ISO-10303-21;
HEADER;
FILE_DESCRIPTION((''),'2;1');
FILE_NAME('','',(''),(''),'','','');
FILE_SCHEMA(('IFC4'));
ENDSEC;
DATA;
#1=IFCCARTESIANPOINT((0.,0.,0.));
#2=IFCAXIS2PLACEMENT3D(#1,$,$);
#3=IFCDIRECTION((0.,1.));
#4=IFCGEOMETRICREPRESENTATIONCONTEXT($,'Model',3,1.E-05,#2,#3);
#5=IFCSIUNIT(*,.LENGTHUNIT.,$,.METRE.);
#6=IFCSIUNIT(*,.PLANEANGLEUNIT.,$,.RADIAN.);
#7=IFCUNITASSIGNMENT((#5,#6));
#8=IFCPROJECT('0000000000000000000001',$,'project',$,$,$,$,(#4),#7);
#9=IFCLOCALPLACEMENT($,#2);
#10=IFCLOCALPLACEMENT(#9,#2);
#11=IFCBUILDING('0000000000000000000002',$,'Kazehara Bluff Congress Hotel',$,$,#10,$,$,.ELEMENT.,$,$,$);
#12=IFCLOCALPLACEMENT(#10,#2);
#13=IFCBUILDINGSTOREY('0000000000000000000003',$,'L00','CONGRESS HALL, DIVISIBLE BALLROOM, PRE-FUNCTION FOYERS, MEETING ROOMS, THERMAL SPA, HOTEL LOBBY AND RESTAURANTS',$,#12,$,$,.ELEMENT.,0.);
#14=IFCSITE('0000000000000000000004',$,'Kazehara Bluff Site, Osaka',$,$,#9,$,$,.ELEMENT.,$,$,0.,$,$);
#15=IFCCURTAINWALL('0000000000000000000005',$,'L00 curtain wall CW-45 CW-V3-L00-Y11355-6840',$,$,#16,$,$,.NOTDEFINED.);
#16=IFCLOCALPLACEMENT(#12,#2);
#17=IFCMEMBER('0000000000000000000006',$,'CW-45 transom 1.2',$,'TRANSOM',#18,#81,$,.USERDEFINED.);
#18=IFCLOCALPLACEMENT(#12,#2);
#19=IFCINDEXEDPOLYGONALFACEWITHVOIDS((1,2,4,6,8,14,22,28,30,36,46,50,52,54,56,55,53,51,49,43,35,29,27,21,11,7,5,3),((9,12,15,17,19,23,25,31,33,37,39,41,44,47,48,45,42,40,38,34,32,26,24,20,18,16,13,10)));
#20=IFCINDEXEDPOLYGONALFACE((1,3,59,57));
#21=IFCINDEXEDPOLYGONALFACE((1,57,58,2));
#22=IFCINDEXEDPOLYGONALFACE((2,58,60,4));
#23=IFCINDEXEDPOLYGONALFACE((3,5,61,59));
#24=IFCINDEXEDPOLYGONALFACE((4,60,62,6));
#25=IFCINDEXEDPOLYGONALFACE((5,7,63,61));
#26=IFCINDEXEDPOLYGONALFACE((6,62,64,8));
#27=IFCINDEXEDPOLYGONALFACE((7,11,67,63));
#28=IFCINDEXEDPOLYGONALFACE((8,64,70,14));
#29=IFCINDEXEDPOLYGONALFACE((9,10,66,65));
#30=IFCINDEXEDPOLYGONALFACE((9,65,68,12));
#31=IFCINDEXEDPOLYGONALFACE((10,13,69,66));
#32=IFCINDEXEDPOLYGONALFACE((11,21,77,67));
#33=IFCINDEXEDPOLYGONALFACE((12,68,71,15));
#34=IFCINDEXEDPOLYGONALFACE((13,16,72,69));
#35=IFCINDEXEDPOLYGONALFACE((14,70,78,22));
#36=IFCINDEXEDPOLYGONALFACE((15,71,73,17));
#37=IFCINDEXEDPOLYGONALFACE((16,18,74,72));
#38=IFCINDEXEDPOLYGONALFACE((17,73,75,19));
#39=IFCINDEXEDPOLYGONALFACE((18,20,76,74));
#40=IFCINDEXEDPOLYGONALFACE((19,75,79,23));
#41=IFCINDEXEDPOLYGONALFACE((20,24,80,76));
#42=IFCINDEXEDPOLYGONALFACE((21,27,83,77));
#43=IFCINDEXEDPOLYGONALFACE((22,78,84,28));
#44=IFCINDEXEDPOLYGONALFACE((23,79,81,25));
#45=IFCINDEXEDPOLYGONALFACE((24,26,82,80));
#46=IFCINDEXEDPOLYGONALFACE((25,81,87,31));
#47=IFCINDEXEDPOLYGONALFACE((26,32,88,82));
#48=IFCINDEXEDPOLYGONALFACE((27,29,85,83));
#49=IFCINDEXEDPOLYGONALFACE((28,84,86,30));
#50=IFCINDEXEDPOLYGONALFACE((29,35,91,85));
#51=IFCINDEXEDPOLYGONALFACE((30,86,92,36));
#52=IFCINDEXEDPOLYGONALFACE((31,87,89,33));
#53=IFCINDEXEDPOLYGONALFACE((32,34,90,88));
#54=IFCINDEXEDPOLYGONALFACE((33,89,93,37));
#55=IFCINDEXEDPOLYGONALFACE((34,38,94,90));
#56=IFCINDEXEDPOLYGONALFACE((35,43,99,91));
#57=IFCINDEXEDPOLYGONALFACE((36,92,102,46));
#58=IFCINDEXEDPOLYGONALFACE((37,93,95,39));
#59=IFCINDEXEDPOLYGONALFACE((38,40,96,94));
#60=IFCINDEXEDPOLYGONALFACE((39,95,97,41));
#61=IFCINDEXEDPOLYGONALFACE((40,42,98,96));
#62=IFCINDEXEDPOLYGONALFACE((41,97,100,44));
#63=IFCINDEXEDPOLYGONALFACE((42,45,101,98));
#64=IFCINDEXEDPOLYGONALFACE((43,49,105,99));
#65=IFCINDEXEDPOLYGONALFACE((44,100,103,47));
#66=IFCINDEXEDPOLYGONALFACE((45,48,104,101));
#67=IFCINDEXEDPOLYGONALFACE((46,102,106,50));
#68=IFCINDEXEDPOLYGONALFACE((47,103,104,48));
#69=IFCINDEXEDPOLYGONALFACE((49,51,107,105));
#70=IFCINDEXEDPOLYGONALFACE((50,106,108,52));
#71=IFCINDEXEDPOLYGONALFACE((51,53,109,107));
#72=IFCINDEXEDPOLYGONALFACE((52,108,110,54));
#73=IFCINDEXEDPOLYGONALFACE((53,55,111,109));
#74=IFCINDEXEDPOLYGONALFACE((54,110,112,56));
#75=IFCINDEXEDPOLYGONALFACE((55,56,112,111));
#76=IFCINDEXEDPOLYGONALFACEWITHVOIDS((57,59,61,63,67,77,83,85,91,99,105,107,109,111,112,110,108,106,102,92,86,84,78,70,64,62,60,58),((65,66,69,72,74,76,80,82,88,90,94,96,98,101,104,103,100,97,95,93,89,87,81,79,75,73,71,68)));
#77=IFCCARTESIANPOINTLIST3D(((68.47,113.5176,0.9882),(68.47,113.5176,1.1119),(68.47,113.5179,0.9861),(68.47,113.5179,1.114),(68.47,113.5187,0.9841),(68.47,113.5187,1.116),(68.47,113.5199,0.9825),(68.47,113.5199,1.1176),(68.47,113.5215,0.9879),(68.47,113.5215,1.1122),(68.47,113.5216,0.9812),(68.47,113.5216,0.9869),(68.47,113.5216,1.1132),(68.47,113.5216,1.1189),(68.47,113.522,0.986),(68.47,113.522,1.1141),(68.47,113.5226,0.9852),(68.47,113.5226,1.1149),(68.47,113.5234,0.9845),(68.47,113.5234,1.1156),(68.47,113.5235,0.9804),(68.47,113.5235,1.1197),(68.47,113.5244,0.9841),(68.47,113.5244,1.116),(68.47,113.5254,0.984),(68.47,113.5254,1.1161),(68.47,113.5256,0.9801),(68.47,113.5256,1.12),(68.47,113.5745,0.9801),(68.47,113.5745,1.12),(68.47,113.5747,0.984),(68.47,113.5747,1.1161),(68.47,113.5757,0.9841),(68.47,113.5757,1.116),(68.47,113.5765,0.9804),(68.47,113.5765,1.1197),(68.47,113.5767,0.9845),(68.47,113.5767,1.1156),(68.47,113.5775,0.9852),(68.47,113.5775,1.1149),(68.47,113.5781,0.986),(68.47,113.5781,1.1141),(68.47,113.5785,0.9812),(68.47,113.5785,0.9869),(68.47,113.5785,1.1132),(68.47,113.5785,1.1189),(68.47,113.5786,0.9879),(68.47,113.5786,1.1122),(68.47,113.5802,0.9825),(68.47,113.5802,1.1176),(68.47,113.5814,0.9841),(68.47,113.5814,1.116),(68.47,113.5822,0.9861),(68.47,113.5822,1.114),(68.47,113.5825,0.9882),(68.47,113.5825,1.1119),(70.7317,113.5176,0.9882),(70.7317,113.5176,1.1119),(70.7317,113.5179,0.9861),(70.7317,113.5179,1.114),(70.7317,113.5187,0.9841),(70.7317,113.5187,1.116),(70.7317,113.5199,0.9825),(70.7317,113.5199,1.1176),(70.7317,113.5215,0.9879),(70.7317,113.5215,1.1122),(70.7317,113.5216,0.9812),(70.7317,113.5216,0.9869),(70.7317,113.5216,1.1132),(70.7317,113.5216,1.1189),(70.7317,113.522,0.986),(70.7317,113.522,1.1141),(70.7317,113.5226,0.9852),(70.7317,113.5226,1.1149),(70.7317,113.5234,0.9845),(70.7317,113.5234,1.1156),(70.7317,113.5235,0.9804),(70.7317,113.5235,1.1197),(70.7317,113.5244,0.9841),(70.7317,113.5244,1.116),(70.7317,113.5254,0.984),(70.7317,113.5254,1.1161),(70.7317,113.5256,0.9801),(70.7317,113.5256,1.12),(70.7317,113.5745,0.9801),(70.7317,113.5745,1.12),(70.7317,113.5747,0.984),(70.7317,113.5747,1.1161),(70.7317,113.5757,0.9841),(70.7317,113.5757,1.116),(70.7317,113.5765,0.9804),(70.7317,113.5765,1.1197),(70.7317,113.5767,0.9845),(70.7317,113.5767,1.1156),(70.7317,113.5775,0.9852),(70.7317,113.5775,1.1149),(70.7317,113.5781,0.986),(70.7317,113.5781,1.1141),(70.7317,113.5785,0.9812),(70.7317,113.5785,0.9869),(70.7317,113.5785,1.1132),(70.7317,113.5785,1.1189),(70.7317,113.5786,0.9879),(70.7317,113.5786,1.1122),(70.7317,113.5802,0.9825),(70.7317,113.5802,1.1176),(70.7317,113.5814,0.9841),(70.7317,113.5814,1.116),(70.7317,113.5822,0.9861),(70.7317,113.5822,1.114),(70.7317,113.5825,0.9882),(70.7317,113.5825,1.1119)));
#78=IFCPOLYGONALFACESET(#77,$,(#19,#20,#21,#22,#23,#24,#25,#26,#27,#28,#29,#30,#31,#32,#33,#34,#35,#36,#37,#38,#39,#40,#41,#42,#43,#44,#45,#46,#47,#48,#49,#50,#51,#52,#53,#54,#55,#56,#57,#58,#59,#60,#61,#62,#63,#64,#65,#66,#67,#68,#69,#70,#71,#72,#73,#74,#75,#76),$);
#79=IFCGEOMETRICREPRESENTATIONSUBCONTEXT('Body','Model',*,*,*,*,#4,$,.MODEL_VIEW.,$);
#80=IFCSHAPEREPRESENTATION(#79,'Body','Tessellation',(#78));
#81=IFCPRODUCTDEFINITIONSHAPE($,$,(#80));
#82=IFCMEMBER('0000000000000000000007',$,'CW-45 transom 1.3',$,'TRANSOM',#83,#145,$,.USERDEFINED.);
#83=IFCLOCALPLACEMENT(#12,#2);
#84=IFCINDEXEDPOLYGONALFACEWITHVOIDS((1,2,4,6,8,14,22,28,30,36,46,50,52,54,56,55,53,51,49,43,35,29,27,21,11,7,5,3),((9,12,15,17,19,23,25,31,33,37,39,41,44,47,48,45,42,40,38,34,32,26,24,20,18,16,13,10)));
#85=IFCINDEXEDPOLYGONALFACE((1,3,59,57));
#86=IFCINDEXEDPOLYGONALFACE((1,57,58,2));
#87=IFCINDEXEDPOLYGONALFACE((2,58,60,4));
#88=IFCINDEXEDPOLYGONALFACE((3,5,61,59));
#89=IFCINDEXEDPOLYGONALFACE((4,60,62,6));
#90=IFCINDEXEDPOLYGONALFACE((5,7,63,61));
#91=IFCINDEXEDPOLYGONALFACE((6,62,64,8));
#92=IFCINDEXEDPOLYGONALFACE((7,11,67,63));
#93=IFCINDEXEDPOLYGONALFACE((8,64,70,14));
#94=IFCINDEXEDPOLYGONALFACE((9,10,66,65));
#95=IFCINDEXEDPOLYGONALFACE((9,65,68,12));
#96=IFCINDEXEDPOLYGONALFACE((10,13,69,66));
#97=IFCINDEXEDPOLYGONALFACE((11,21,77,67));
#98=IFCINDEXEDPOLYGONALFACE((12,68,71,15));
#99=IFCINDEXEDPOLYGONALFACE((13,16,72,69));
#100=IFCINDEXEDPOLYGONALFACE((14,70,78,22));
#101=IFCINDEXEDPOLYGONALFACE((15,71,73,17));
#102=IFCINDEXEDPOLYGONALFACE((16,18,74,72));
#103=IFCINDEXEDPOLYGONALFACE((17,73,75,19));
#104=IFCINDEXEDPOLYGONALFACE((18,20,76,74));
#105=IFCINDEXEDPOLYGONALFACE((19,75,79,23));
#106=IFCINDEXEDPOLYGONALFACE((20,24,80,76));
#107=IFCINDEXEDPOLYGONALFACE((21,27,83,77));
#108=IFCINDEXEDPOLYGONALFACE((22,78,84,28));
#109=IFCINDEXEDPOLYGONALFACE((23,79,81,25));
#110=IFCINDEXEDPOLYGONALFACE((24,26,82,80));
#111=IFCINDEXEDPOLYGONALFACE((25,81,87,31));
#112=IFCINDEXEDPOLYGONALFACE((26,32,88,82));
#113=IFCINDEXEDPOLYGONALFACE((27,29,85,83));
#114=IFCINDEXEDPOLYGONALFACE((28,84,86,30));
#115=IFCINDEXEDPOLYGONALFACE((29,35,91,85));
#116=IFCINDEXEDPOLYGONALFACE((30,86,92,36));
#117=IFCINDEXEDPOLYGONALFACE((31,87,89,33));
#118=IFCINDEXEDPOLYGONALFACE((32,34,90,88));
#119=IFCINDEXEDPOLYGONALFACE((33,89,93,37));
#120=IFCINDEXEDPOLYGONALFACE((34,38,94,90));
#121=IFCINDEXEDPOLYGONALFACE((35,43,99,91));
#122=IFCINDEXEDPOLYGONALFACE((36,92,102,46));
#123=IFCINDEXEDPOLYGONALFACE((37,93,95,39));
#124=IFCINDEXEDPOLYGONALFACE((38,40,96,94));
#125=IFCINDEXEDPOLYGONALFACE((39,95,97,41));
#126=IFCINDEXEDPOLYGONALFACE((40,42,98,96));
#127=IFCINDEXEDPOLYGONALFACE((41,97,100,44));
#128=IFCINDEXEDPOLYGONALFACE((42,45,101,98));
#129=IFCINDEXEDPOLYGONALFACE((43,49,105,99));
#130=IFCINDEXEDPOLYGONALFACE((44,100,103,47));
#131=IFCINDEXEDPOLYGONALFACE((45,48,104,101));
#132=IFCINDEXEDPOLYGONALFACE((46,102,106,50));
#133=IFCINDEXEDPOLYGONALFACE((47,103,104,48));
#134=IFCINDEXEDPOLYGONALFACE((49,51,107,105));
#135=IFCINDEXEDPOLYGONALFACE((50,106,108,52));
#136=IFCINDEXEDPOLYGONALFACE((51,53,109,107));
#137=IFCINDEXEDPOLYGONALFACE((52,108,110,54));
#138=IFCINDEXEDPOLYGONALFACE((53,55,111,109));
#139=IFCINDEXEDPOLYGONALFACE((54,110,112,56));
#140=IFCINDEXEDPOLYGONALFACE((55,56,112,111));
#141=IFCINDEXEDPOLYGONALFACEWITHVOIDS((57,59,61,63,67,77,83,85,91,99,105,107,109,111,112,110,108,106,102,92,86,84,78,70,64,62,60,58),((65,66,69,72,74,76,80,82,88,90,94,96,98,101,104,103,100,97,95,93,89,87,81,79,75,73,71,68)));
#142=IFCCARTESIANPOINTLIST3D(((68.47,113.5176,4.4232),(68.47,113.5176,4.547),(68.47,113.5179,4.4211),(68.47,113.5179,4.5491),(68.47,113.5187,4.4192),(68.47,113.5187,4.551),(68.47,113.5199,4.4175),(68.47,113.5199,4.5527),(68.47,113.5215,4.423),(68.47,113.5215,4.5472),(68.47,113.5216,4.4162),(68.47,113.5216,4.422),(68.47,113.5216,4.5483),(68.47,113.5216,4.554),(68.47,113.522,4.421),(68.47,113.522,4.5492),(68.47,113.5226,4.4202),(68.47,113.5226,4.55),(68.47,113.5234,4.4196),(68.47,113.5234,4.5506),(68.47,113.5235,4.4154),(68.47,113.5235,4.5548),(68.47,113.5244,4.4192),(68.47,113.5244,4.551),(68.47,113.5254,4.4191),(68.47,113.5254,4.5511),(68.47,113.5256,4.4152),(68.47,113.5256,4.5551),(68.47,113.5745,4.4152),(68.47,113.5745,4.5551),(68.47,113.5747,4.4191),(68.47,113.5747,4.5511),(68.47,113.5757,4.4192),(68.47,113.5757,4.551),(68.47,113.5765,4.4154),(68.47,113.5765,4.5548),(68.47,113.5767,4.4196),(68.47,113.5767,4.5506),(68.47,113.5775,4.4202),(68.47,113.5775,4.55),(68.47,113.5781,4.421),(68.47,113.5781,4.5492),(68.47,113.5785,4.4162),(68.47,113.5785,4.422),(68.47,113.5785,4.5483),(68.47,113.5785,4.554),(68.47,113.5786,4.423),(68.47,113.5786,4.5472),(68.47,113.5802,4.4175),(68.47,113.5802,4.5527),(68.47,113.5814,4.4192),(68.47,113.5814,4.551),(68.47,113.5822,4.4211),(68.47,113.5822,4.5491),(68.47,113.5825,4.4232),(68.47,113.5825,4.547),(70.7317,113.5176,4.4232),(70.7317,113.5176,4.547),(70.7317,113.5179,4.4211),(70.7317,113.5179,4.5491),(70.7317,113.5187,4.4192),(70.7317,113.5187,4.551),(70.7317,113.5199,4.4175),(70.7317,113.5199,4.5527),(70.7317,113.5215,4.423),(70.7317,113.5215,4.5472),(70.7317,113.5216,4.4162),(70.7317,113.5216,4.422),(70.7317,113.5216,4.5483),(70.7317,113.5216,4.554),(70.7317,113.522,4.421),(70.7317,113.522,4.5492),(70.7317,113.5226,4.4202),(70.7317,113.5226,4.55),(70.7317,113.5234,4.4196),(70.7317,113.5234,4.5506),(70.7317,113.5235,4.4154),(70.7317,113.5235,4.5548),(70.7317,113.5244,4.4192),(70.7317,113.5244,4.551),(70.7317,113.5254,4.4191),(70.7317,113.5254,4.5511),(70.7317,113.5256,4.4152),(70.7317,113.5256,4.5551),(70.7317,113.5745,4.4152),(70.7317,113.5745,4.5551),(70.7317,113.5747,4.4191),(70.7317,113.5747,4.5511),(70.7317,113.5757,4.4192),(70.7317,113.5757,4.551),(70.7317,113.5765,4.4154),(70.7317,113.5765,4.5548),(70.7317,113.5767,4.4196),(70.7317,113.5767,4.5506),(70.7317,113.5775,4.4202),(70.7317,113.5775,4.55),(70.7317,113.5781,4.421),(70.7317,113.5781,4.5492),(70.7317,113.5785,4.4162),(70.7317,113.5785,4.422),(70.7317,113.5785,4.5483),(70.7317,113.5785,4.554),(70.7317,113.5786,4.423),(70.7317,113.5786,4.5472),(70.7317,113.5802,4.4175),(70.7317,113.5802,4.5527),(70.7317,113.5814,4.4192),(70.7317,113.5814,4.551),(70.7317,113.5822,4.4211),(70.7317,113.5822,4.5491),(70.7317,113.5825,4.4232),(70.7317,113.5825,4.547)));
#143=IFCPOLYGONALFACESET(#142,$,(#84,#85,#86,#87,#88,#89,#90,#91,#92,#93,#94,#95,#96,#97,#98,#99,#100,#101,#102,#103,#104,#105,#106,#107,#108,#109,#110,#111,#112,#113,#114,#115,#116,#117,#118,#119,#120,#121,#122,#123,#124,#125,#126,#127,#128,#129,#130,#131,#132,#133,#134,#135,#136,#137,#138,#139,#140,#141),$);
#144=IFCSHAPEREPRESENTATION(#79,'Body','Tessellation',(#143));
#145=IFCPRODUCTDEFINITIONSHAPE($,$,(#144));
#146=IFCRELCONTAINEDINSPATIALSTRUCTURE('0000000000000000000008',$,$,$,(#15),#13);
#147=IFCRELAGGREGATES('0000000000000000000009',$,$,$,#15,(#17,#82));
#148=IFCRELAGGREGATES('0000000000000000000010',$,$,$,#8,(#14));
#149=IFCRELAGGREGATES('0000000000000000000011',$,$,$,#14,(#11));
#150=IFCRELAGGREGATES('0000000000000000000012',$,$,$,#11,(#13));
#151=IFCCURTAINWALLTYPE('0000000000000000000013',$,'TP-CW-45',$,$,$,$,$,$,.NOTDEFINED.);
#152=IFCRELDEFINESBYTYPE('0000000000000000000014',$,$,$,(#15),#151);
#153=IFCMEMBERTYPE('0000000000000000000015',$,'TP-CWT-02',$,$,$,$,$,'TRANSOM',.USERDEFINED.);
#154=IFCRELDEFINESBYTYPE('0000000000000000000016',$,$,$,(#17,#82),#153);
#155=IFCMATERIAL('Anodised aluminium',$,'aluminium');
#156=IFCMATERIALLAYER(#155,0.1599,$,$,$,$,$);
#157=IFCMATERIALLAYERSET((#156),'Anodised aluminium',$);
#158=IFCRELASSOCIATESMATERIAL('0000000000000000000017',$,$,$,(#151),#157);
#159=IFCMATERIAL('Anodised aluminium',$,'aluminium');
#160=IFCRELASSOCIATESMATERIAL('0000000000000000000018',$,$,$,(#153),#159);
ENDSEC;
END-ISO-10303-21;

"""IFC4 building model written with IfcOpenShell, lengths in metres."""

from ifc_helpers import new_model, si_unit, direction, frame, origin, origin_2d, place, context, subcontext, project, spatial, hollow_rectangle, extrude, material, layer, layer_set, material_profile, profile_set, type_object, element, aggregate, save


model = new_model("IFC4")

# Units and contexts
model_context = context("Model", 3, precision=1e-05, world=origin(), true_north=direction((0.0, 1.0)))
body_context = subcontext(model_context, "Body", "Model", "MODEL_VIEW")
ifc_project = project(units=[si_unit("LENGTHUNIT", "METRE"), si_unit("PLANEANGLEUNIT", "RADIAN")], contexts=[model_context])

# Site, building, storey
site_placement = place(None, origin())
site = spatial("IfcSite", under=ifc_project, at=site_placement, Name="Kazehara Bluff Site, Osaka", CompositionType="ELEMENT", RefElevation=0.0)
building_placement = place(site_placement, origin())
building = spatial("IfcBuilding", under=site, at=building_placement, Name="Kazehara Bluff Congress Hotel", CompositionType="ELEMENT")
storey_placement = place(building_placement, origin())
storey = spatial("IfcBuildingStorey", under=building, at=storey_placement, Name="L00", Description="CONGRESS HALL, DIVISIBLE BALLROOM, PRE-FUNCTION FOYERS, MEETING ROOMS, THERMAL SPA, HOTEL LOBBY AND RESTAURANTS", CompositionType="ELEMENT", Elevation=0.0)

# Curtain wall, members
ifc_material_1 = material(Name="Anodised aluminium", Category="aluminium")
ifc_layer_1 = layer(ifc_material_1, 0.1599)
ifc_layer_set_1 = layer_set([ifc_layer_1], Name="Anodised aluminium")
curtain_wall_type = type_object("IfcCurtainWallType", Name="TP-CW-45", PredefinedType="NOTDEFINED", material=ifc_layer_set_1)
curtain_wall_placement = place(storey_placement, origin())
curtain_wall = element("IfcCurtainWall", 1, at=curtain_wall_placement, inside=storey, type_object=curtain_wall_type, Name="L00 curtain wall CW-45 CW-V3-L00-Y11355-6840", PredefinedType="NOTDEFINED")
ifc_material_2 = material(Name="Anodised aluminium", Category="aluminium")
ifc_material_profile_1 = material_profile(ifc_material_2, hollow_rectangle(XDim=0.0649, YDim=0.1399, WallThickness=0.0039, InnerFilletRadius=0.0039, OuterFilletRadius=0.0081, at=origin_2d()))
ifc_profile_set_1 = profile_set([ifc_material_profile_1], Name="Anodised aluminium")
member_type_1 = type_object("IfcMemberType", Name="TP-CWT-02", ElementType="TRANSOM", PredefinedType="USERDEFINED", material=ifc_profile_set_1)
member_1_placement = place(storey_placement, frame((68.47, 113.55, 1.05), z_axis=(1.0, 0.0, 0.0), x_axis=(0.0, 1.0, 0.0)))
member_1 = element("IfcMember", 2, at=member_1_placement, type_object=member_type_1, Name="CW-45 transom 1.2", ObjectType="TRANSOM", PredefinedType="USERDEFINED", context=body_context, shape_type="SweptSolid", body=[
    extrude(hollow_rectangle(XDim=0.0649, YDim=0.1399, WallThickness=0.0039, InnerFilletRadius=0.0039, OuterFilletRadius=0.0081, at=origin_2d()), origin(), (0.0, 0.0, 1.0), 2.2617),
])
member_2_placement = place(storey_placement, frame((68.47, 113.55, 4.4851), z_axis=(1.0, 0.0, 0.0), x_axis=(0.0, 1.0, 0.0)))
member_2 = element("IfcMember", 3, at=member_2_placement, type_object=member_type_1, Name="CW-45 transom 1.3", ObjectType="TRANSOM", PredefinedType="USERDEFINED", context=body_context, shape_type="SweptSolid", body=[
    extrude(hollow_rectangle(XDim=0.0649, YDim=0.1399, WallThickness=0.0039, InnerFilletRadius=0.0039, OuterFilletRadius=0.0081, at=origin_2d()), origin(), (0.0, 0.0, 1.0), 2.2617),
])

aggregate(curtain_wall, [member_1, member_2])

save(model, "model.ifc")
